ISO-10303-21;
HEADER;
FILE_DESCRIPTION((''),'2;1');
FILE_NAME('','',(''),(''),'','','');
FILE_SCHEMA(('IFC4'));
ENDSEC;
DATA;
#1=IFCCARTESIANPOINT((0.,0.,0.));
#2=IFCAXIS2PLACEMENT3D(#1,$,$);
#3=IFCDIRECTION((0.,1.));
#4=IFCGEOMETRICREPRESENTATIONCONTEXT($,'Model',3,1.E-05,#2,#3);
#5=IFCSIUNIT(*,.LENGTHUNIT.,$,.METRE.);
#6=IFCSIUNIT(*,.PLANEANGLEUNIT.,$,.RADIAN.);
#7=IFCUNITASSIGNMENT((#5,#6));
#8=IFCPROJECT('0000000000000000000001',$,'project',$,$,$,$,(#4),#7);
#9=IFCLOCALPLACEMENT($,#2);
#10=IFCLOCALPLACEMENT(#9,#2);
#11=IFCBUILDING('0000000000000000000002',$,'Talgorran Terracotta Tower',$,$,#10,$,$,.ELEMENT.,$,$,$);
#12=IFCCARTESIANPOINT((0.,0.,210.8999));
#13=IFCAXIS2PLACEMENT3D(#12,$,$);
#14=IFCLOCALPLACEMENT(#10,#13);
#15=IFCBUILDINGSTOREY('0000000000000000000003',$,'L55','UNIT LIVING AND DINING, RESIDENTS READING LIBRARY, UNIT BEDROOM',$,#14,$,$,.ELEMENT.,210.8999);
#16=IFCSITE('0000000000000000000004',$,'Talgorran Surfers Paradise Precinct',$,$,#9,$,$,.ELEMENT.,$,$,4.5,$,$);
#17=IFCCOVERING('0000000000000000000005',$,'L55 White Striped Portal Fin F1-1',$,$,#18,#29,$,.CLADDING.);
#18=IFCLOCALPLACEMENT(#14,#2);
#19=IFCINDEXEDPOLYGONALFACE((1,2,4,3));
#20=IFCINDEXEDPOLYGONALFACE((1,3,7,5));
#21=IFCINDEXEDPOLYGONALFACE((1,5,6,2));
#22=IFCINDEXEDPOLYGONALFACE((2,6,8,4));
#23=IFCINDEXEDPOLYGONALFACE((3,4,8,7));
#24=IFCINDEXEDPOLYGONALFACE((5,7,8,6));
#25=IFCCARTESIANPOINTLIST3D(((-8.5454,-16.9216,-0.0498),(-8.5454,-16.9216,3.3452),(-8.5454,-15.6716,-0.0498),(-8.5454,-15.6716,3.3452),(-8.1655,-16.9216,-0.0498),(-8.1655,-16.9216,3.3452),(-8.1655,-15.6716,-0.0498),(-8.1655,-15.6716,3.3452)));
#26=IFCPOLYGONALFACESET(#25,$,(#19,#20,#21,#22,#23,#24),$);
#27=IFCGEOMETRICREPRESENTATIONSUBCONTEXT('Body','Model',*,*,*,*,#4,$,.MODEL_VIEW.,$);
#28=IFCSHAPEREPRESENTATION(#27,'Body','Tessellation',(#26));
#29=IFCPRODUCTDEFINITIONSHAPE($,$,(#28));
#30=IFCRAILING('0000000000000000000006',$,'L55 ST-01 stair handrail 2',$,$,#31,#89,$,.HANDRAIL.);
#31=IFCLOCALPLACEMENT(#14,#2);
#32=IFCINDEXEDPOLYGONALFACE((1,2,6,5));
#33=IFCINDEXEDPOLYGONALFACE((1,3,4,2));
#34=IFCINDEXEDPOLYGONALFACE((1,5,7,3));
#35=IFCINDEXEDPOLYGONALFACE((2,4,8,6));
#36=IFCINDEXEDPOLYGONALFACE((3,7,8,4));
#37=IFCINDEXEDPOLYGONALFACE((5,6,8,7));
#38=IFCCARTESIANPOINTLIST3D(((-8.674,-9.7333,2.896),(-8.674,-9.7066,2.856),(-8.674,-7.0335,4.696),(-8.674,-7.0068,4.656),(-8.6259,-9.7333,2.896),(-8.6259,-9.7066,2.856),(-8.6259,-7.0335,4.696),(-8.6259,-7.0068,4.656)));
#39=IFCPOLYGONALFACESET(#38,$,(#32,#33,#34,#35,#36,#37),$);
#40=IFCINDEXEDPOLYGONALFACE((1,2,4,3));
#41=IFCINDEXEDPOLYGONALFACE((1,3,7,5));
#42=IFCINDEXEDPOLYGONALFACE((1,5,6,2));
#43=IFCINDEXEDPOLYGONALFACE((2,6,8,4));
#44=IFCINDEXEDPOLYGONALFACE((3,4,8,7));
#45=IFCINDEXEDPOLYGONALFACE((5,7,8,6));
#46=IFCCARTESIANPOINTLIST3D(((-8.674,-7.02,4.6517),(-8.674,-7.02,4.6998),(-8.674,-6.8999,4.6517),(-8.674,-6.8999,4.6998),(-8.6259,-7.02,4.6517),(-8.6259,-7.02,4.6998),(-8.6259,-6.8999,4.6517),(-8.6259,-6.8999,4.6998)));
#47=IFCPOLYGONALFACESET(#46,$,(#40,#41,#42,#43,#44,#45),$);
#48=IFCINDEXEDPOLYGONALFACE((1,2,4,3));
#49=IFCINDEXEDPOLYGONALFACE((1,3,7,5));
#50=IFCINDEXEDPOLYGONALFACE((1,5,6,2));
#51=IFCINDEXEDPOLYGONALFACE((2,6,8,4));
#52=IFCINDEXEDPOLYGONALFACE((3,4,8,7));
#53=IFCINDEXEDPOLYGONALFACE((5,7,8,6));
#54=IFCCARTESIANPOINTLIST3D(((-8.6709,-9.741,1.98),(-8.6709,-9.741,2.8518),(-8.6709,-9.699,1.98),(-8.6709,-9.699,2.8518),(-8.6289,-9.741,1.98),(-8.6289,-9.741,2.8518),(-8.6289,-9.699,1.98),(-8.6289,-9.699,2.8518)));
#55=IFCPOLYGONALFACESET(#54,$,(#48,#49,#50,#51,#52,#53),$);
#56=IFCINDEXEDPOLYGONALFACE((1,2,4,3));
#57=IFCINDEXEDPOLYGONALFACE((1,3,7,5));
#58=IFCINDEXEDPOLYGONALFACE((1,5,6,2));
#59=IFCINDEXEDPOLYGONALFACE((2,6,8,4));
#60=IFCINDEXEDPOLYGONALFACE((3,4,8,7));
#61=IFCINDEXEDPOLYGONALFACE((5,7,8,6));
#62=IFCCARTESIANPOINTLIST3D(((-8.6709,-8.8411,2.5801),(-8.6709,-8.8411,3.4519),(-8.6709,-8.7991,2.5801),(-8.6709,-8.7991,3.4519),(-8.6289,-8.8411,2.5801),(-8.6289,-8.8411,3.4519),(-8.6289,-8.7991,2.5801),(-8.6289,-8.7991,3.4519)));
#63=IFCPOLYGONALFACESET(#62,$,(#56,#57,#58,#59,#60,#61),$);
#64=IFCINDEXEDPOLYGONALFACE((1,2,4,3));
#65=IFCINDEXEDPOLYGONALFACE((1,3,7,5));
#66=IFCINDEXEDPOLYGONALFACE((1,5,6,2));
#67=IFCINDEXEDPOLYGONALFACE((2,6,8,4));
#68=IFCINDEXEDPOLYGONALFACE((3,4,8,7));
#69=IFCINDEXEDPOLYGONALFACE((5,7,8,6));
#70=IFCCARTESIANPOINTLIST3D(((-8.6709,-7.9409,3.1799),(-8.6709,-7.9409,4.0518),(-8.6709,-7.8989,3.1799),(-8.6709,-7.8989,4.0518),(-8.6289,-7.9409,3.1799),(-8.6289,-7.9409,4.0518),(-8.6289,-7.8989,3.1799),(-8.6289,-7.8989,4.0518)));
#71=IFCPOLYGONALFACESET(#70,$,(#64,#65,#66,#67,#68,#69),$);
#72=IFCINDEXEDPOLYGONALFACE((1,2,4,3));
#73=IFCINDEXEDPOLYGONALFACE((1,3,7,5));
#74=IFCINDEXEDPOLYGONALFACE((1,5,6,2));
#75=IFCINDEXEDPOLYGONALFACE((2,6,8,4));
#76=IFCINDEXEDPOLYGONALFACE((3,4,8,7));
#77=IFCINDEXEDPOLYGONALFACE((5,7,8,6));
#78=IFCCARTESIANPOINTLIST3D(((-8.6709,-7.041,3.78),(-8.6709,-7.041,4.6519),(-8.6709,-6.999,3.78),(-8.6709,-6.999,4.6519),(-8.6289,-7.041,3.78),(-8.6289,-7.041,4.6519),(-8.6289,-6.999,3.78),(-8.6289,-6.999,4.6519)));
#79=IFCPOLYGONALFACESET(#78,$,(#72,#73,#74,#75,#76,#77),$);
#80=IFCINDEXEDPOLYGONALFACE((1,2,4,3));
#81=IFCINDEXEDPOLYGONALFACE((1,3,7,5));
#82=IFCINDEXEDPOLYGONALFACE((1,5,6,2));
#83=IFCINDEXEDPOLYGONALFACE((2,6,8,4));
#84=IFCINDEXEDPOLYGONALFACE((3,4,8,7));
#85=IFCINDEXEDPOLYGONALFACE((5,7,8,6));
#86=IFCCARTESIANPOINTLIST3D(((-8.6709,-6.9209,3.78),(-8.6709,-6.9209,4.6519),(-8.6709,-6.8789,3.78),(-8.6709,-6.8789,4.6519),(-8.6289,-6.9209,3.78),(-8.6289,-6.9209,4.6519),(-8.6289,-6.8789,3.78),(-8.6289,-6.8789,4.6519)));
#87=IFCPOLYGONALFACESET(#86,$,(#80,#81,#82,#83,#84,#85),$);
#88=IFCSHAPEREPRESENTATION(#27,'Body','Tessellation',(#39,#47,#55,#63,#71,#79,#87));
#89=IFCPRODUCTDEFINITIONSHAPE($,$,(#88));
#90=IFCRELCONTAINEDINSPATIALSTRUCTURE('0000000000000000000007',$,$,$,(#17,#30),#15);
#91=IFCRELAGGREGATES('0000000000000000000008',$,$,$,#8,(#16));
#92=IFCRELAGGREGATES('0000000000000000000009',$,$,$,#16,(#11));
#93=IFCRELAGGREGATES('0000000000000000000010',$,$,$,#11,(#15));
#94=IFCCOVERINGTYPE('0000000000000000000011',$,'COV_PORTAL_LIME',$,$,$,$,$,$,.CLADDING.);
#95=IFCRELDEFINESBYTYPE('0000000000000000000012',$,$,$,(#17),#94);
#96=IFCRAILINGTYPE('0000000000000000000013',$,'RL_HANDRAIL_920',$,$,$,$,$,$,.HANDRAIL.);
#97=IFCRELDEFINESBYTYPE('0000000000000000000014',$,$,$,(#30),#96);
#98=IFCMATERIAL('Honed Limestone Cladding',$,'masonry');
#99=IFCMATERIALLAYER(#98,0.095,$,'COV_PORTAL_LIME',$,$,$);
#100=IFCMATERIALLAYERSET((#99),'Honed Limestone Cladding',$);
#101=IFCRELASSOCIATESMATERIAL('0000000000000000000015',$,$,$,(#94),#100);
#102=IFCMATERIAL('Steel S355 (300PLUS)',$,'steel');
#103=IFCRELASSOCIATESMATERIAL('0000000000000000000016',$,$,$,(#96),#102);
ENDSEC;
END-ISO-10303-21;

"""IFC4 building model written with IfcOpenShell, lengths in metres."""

from ifc_helpers import new_model, si_unit, direction, frame, origin, origin_2d, place, context, subcontext, project, spatial, rectangle, extrude, material, layer, layer_set, type_object, element, save


model = new_model("IFC4")

# Units and contexts
model_context = context("Model", 3, precision=1e-05, world=origin(), true_north=direction((0.0, 1.0)))
body_context = subcontext(model_context, "Body", "Model", "MODEL_VIEW")
ifc_project = project(units=[si_unit("LENGTHUNIT", "METRE"), si_unit("PLANEANGLEUNIT", "RADIAN")], contexts=[model_context])

# Site, building, storey
site_placement = place(None, origin())
site = spatial("IfcSite", under=ifc_project, at=site_placement, Name="Talgorran Surfers Paradise Precinct", CompositionType="ELEMENT", RefElevation=4.5)
building_placement = place(site_placement, origin())
building = spatial("IfcBuilding", under=site, at=building_placement, Name="Talgorran Terracotta Tower", CompositionType="ELEMENT")
storey_placement = place(building_placement, frame((0.0, 0.0, 210.8999)))
storey = spatial("IfcBuildingStorey", under=building, at=storey_placement, Name="L55", Description="UNIT LIVING AND DINING, RESIDENTS READING LIBRARY, UNIT BEDROOM", CompositionType="ELEMENT", Elevation=210.8999)

# Shared definitions
ifc_material_1 = material(Name="Steel S355 (300PLUS)", Category="steel")

# Covering
ifc_material_2 = material(Name="Honed Limestone Cladding", Category="masonry")
ifc_layer_1 = layer(ifc_material_2, 0.095, Name="COV_PORTAL_LIME")
ifc_layer_set_1 = layer_set([ifc_layer_1], Name="Honed Limestone Cladding")
covering_type_1 = type_object("IfcCoveringType", Name="COV_PORTAL_LIME", PredefinedType="CLADDING", material=ifc_layer_set_1)
covering_1_placement = place(storey_placement, frame((-8.3555, -16.2966, -0.0498), z_axis=(0.0, 0.0, 1.0), x_axis=(1.0, 0.0, 0.0)))
element("IfcCovering", 1, at=covering_1_placement, inside=storey, type_object=covering_type_1, Name="L55 White Striped Portal Fin F1-1", PredefinedType="CLADDING", context=body_context, shape_type="SweptSolid", body=[
    extrude(rectangle(XDim=0.3799, YDim=1.25, at=origin_2d()), origin(), (0.0, 0.0, 1.0), 3.395),
])

# Railing
railing_type = type_object("IfcRailingType", Name="RL_HANDRAIL_920", PredefinedType="HANDRAIL", material=ifc_material_1)
railing_placement = place(storey_placement, frame((-8.6499, -9.72, 1.98)))
element("IfcRailing", 2, at=railing_placement, inside=storey, type_object=railing_type, Name="L55 ST-01 stair handrail 2", PredefinedType="HANDRAIL", context=body_context, shape_type="SweptSolid", body=[
    extrude(rectangle(XDim=0.0481, YDim=0.0481, at=origin_2d()), frame((0.0, 0.0, 0.896), z_axis=(0.0, 0.832039, 0.554718), x_axis=(-1.0, 0.0, 0.0)), (0.0, 0.0, 1.0), 3.2449),
    extrude(rectangle(XDim=0.0481, YDim=0.0481, at=origin_2d()), frame((0.0, 2.7, 2.6958), z_axis=(0.0, 1.0, 0.0), x_axis=(-1.0, 0.0, 0.0)), (0.0, 0.0, 1.0), 0.1201),
    extrude(rectangle(XDim=0.042, YDim=0.042, at=origin_2d()), origin(), (0.0, 0.0, 1.0), 0.8718),
    extrude(rectangle(XDim=0.042, YDim=0.042, at=origin_2d()), frame((0.0, 0.8999, 0.6001)), (0.0, 0.0, 1.0), 0.8718),
    extrude(rectangle(XDim=0.042, YDim=0.042, at=origin_2d()), frame((0.0, 1.8, 1.2)), (0.0, 0.0, 1.0), 0.8718),
    extrude(rectangle(XDim=0.042, YDim=0.042, at=origin_2d()), frame((0.0, 2.7, 1.8)), (0.0, 0.0, 1.0), 0.8718),
    extrude(rectangle(XDim=0.042, YDim=0.042, at=origin_2d()), frame((0.0, 2.8201, 1.8)), (0.0, 0.0, 1.0), 0.8718),
])

save(model, "model.ifc")
